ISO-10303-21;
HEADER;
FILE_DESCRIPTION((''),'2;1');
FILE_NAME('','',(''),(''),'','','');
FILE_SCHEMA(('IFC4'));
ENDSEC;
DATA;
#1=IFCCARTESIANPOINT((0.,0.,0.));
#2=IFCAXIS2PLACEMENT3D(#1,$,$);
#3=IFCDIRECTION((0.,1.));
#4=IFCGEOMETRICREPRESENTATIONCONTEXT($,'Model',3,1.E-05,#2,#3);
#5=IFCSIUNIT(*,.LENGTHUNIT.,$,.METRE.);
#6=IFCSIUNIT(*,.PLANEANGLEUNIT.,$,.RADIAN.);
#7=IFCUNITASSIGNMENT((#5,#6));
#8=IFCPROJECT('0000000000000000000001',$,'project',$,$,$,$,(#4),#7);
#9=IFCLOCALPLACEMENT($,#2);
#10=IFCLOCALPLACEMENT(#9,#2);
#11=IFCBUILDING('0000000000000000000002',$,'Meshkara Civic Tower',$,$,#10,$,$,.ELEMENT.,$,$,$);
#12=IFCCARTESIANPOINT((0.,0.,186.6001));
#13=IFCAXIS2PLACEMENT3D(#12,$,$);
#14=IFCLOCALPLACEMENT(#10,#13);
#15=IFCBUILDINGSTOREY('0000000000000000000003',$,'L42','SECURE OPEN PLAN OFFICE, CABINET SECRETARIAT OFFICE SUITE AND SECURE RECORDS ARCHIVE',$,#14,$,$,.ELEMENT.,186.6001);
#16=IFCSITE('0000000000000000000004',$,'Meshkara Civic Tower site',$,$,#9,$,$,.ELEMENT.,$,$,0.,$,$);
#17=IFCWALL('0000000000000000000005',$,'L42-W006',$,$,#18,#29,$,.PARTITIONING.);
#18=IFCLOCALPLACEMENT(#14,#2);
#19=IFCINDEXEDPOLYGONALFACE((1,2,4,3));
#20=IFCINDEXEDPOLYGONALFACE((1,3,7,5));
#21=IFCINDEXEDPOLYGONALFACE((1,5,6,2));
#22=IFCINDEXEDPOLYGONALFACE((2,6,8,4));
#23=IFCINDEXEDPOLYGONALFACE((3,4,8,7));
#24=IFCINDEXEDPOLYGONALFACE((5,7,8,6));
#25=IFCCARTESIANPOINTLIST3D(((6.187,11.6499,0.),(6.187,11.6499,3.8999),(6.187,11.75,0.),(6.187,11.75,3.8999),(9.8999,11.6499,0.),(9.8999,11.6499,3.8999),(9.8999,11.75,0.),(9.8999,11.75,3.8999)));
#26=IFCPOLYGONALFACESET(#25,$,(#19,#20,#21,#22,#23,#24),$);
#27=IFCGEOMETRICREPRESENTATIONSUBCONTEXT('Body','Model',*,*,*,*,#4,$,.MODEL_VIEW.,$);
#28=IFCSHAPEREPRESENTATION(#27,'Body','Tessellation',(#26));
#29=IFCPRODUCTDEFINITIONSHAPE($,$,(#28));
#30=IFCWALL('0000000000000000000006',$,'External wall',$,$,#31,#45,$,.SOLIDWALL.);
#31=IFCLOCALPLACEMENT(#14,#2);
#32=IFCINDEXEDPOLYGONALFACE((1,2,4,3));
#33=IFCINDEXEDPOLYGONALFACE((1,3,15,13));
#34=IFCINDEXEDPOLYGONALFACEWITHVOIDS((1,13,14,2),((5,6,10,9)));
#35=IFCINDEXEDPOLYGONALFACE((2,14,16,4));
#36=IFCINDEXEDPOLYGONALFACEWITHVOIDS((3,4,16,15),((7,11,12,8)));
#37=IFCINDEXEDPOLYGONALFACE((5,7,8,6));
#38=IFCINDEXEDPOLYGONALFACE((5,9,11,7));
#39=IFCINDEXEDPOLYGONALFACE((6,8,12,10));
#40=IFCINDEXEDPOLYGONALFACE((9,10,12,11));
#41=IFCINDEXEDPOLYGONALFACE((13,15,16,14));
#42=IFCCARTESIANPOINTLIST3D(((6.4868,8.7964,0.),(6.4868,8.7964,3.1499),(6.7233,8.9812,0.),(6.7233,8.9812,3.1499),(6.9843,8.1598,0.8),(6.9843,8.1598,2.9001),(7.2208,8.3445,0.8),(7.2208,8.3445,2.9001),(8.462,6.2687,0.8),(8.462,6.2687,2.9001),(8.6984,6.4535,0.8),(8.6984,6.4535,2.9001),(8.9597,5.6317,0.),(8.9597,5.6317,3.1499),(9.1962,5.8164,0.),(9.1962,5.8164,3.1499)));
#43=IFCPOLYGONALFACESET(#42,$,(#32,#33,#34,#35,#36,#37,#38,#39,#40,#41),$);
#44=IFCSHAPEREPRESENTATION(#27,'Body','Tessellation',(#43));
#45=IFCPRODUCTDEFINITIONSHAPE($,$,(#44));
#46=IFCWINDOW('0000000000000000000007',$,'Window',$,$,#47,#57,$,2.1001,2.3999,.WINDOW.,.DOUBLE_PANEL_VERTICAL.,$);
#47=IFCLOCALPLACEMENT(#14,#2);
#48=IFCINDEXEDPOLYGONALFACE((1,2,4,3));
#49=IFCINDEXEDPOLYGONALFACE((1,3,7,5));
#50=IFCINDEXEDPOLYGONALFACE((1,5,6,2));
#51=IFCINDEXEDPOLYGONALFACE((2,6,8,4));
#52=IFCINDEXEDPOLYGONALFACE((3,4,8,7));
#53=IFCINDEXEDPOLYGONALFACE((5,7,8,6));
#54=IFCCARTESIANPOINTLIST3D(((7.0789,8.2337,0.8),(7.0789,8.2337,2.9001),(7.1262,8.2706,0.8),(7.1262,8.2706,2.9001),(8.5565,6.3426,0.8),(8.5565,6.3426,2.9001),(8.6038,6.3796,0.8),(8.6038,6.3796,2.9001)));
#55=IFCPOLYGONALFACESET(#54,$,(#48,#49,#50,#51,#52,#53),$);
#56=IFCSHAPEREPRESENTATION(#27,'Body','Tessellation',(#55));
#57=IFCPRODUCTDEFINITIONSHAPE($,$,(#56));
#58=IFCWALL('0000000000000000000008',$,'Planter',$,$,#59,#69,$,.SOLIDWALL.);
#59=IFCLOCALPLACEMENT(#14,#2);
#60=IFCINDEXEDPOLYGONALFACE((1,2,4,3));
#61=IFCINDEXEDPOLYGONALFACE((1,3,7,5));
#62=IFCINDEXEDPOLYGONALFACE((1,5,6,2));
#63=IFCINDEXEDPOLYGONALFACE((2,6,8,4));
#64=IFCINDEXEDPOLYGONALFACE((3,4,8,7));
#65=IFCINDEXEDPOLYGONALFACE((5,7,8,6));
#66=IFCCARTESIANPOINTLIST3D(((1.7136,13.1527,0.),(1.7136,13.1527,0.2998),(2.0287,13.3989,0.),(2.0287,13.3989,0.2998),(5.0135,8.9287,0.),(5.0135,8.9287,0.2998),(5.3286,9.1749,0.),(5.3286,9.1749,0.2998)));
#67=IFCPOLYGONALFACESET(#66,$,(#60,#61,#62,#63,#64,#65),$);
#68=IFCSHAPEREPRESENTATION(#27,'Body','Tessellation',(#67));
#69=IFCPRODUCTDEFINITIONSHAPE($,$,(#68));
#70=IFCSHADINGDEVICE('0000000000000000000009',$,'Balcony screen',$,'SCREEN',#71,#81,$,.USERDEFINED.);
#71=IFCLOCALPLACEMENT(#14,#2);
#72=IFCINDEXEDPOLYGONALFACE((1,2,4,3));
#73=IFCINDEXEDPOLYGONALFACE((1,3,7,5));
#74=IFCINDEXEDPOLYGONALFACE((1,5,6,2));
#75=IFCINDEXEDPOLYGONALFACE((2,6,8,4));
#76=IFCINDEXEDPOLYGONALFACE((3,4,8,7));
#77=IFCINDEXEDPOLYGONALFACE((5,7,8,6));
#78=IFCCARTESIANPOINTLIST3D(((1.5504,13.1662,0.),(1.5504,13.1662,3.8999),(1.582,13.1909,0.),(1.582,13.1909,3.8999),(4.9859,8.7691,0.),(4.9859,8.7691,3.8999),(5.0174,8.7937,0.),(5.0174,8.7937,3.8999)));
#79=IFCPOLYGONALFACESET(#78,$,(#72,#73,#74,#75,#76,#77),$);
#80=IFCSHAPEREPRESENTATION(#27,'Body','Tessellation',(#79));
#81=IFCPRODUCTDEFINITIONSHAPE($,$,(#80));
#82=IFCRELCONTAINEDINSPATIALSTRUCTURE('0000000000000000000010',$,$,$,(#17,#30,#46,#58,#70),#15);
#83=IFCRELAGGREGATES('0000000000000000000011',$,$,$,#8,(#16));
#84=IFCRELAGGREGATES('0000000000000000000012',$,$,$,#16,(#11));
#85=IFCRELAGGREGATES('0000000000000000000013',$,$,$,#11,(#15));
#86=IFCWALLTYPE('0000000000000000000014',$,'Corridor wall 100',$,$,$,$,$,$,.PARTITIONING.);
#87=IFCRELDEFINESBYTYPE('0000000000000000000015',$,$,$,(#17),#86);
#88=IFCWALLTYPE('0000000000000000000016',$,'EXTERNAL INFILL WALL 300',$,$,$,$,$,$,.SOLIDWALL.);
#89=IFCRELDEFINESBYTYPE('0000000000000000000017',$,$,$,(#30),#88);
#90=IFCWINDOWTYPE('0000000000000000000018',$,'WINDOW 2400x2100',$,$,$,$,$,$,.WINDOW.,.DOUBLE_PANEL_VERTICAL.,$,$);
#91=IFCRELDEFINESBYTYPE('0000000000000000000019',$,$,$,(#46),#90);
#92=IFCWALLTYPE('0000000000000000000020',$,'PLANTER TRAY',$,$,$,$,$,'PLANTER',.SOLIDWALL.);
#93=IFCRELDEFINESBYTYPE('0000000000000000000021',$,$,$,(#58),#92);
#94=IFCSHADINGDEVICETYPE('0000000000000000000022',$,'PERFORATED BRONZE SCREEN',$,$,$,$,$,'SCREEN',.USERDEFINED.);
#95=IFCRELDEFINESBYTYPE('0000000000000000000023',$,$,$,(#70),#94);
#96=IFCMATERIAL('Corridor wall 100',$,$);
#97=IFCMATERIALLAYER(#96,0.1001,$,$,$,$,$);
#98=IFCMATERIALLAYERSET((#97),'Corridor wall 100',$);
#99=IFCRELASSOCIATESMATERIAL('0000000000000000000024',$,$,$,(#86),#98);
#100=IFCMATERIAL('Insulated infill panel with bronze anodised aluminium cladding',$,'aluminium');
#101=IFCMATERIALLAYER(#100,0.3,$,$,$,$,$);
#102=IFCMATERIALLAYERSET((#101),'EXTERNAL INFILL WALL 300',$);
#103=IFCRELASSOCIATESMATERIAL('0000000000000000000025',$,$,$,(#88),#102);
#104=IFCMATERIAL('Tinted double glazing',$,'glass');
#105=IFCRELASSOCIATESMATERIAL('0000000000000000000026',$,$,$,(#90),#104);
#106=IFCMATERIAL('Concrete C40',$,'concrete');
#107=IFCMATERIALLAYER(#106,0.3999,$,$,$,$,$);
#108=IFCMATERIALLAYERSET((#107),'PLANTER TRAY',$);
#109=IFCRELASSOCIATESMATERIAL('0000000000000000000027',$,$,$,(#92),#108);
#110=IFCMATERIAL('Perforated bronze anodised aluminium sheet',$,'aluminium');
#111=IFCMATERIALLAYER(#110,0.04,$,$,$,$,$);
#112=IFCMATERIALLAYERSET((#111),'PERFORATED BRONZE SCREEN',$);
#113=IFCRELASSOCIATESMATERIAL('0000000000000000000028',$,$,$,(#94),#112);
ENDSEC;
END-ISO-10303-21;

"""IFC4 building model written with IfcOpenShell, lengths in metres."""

from ifc_helpers import new_model, si_unit, direction, frame, frame_2d, origin, origin_2d, place, context, subcontext, project, spatial, rectangle, extrude, material, layer, layer_set, type_object, element, fill, save


model = new_model("IFC4")

# Units and contexts
model_context = context("Model", 3, precision=1e-05, world=origin(), true_north=direction((0.0, 1.0)))
body_context = subcontext(model_context, "Body", "Model", "MODEL_VIEW")
ifc_project = project(units=[si_unit("LENGTHUNIT", "METRE"), si_unit("PLANEANGLEUNIT", "RADIAN")], contexts=[model_context])

# Site, building, storey
site_placement = place(None, origin())
site = spatial("IfcSite", under=ifc_project, at=site_placement, Name="Meshkara Civic Tower site", CompositionType="ELEMENT", RefElevation=0.0)
building_placement = place(site_placement, origin())
building = spatial("IfcBuilding", under=site, at=building_placement, Name="Meshkara Civic Tower", CompositionType="ELEMENT")
storey_placement = place(building_placement, frame((0.0, 0.0, 186.6001)))
storey = spatial("IfcBuildingStorey", under=building, at=storey_placement, Name="L42", Description="SECURE OPEN PLAN OFFICE, CABINET SECRETARIAT OFFICE SUITE AND SECURE RECORDS ARCHIVE", CompositionType="ELEMENT", Elevation=186.6001)

# Shared definitions
ifc_material_1 = material(Name="Corridor wall 100")
ifc_layer_1 = layer(ifc_material_1, 0.1001)
ifc_layer_set_1 = layer_set([ifc_layer_1], Name="Corridor wall 100")
wall_type_1 = type_object("IfcWallType", Name="Corridor wall 100", PredefinedType="PARTITIONING", material=ifc_layer_set_1)

# Wall
wall_1_placement = place(storey_placement, frame((6.187, 11.7, 0.0), z_axis=(0.0, 0.0, 1.0), x_axis=(1.0, 0.0, 0.0)))
element("IfcWall", 1, at=wall_1_placement, inside=storey, type_object=wall_type_1, Name="L42-W006", PredefinedType="PARTITIONING", context=body_context, shape_type="SweptSolid", body=[
    extrude(rectangle(XDim=3.7129, YDim=0.1001, at=frame_2d((1.8564, 0.0))), origin(), (0.0, 0.0, 1.0), 3.8999),
])

# Wall, opening, window
ifc_material_2 = material(Name="Insulated infill panel with bronze anodised aluminium cladding", Category="aluminium")
ifc_layer_2 = layer(ifc_material_2, 0.3)
ifc_layer_set_2 = layer_set([ifc_layer_2], Name="EXTERNAL INFILL WALL 300")
wall_type_2 = type_object("IfcWallType", Name="EXTERNAL INFILL WALL 300", PredefinedType="SOLIDWALL", material=ifc_layer_set_2)
wall_2_placement = place(storey_placement, frame((6.605, 8.8889, 0.0), z_axis=(0.0, 0.0, 1.0), x_axis=(0.615707, -0.787976, 0.0)))
wall_2 = element("IfcWall", 2, at=wall_2_placement, inside=storey, type_object=wall_type_2, Name="External wall", PredefinedType="SOLIDWALL", context=body_context, shape_type="SweptSolid", body=[
    extrude(rectangle(XDim=4.0164, YDim=0.3, at=frame_2d((2.0083, 0.0))), origin(), (0.0, 0.0, 1.0), 3.1499),
])
opening_1_placement = place(wall_2_placement, frame((0.8081, 0.0, 0.8)))
opening_1 = element("IfcOpeningElement", 3, at=opening_1_placement, cuts=wall_2, PredefinedType="OPENING", context=body_context, shape_type="SweptSolid", body=[
    extrude(rectangle(XDim=2.3999, YDim=2.1001, at=frame_2d((1.2, 1.05))), frame((0.0, 0.1599, 0.0), z_axis=(0.0, -1.0, 0.0), x_axis=(1.0, 0.0, 0.0)), (0.0, 0.0, 1.0), 0.3201),
])
ifc_material_3 = material(Name="Tinted double glazing", Category="glass")
window_type = type_object("IfcWindowType", Name="WINDOW 2400x2100", PartitioningType="DOUBLE_PANEL_VERTICAL", PredefinedType="WINDOW", material=ifc_material_3)
window_placement = place(opening_1_placement, origin())
window = element("IfcWindow", 4, at=window_placement, inside=storey, type_object=window_type, Name="Window", OverallHeight=2.1001, OverallWidth=2.3999, PartitioningType="DOUBLE_PANEL_VERTICAL", PredefinedType="WINDOW", context=body_context, shape_type="SweptSolid", body=[
    extrude(rectangle(XDim=2.3999, YDim=2.1001, at=frame_2d((1.2, 1.05))), frame((0.0, 0.03, 0.0), z_axis=(0.0, -1.0, 0.0), x_axis=(1.0, 0.0, 0.0)), (0.0, 0.0, 1.0), 0.0601),
])
fill(opening_1, window)

# Wall
ifc_material_4 = material(Name="Concrete C40", Category="concrete")
ifc_layer_3 = layer(ifc_material_4, 0.3999)
ifc_layer_set_3 = layer_set([ifc_layer_3], Name="PLANTER TRAY")
wall_type_3 = type_object("IfcWallType", Name="PLANTER TRAY", ElementType="PLANTER", PredefinedType="SOLIDWALL", material=ifc_layer_set_3)
wall_3_placement = place(storey_placement, frame((1.8711, 13.2759, 0.0), z_axis=(0.0, 0.0, 1.0), x_axis=(0.615633, -0.788033, 0.0)))
element("IfcWall", 5, at=wall_3_placement, inside=storey, type_object=wall_type_3, Name="Planter", PredefinedType="SOLIDWALL", context=body_context, shape_type="SweptSolid", body=[
    extrude(rectangle(XDim=5.3601, YDim=0.3999, at=frame_2d((2.6802, 0.0))), origin(), (0.0, 0.0, 1.0), 0.2998),
])

# Shading device
ifc_material_5 = material(Name="Perforated bronze anodised aluminium sheet", Category="aluminium")
ifc_layer_4 = layer(ifc_material_5, 0.04)
ifc_layer_set_4 = layer_set([ifc_layer_4], Name="PERFORATED BRONZE SCREEN")
shading_device_type = type_object("IfcShadingDeviceType", Name="PERFORATED BRONZE SCREEN", ElementType="SCREEN", PredefinedType="USERDEFINED", material=ifc_layer_set_4)
shading_device_placement = place(storey_placement, frame((3.2839, 10.98, 0.0), z_axis=(0.0, 0.0, 1.0), x_axis=(0.615661, -0.788011, 0.0)))
element("IfcShadingDevice", 6, at=shading_device_placement, inside=storey, type_object=shading_device_type, Name="Balcony screen", ObjectType="SCREEN", PredefinedType="USERDEFINED", context=body_context, shape_type="SweptSolid", body=[
    extrude(rectangle(XDim=5.5801, YDim=0.04, at=origin_2d()), origin(), (0.0, 0.0, 1.0), 3.8999),
])

save(model, "model.ifc")
